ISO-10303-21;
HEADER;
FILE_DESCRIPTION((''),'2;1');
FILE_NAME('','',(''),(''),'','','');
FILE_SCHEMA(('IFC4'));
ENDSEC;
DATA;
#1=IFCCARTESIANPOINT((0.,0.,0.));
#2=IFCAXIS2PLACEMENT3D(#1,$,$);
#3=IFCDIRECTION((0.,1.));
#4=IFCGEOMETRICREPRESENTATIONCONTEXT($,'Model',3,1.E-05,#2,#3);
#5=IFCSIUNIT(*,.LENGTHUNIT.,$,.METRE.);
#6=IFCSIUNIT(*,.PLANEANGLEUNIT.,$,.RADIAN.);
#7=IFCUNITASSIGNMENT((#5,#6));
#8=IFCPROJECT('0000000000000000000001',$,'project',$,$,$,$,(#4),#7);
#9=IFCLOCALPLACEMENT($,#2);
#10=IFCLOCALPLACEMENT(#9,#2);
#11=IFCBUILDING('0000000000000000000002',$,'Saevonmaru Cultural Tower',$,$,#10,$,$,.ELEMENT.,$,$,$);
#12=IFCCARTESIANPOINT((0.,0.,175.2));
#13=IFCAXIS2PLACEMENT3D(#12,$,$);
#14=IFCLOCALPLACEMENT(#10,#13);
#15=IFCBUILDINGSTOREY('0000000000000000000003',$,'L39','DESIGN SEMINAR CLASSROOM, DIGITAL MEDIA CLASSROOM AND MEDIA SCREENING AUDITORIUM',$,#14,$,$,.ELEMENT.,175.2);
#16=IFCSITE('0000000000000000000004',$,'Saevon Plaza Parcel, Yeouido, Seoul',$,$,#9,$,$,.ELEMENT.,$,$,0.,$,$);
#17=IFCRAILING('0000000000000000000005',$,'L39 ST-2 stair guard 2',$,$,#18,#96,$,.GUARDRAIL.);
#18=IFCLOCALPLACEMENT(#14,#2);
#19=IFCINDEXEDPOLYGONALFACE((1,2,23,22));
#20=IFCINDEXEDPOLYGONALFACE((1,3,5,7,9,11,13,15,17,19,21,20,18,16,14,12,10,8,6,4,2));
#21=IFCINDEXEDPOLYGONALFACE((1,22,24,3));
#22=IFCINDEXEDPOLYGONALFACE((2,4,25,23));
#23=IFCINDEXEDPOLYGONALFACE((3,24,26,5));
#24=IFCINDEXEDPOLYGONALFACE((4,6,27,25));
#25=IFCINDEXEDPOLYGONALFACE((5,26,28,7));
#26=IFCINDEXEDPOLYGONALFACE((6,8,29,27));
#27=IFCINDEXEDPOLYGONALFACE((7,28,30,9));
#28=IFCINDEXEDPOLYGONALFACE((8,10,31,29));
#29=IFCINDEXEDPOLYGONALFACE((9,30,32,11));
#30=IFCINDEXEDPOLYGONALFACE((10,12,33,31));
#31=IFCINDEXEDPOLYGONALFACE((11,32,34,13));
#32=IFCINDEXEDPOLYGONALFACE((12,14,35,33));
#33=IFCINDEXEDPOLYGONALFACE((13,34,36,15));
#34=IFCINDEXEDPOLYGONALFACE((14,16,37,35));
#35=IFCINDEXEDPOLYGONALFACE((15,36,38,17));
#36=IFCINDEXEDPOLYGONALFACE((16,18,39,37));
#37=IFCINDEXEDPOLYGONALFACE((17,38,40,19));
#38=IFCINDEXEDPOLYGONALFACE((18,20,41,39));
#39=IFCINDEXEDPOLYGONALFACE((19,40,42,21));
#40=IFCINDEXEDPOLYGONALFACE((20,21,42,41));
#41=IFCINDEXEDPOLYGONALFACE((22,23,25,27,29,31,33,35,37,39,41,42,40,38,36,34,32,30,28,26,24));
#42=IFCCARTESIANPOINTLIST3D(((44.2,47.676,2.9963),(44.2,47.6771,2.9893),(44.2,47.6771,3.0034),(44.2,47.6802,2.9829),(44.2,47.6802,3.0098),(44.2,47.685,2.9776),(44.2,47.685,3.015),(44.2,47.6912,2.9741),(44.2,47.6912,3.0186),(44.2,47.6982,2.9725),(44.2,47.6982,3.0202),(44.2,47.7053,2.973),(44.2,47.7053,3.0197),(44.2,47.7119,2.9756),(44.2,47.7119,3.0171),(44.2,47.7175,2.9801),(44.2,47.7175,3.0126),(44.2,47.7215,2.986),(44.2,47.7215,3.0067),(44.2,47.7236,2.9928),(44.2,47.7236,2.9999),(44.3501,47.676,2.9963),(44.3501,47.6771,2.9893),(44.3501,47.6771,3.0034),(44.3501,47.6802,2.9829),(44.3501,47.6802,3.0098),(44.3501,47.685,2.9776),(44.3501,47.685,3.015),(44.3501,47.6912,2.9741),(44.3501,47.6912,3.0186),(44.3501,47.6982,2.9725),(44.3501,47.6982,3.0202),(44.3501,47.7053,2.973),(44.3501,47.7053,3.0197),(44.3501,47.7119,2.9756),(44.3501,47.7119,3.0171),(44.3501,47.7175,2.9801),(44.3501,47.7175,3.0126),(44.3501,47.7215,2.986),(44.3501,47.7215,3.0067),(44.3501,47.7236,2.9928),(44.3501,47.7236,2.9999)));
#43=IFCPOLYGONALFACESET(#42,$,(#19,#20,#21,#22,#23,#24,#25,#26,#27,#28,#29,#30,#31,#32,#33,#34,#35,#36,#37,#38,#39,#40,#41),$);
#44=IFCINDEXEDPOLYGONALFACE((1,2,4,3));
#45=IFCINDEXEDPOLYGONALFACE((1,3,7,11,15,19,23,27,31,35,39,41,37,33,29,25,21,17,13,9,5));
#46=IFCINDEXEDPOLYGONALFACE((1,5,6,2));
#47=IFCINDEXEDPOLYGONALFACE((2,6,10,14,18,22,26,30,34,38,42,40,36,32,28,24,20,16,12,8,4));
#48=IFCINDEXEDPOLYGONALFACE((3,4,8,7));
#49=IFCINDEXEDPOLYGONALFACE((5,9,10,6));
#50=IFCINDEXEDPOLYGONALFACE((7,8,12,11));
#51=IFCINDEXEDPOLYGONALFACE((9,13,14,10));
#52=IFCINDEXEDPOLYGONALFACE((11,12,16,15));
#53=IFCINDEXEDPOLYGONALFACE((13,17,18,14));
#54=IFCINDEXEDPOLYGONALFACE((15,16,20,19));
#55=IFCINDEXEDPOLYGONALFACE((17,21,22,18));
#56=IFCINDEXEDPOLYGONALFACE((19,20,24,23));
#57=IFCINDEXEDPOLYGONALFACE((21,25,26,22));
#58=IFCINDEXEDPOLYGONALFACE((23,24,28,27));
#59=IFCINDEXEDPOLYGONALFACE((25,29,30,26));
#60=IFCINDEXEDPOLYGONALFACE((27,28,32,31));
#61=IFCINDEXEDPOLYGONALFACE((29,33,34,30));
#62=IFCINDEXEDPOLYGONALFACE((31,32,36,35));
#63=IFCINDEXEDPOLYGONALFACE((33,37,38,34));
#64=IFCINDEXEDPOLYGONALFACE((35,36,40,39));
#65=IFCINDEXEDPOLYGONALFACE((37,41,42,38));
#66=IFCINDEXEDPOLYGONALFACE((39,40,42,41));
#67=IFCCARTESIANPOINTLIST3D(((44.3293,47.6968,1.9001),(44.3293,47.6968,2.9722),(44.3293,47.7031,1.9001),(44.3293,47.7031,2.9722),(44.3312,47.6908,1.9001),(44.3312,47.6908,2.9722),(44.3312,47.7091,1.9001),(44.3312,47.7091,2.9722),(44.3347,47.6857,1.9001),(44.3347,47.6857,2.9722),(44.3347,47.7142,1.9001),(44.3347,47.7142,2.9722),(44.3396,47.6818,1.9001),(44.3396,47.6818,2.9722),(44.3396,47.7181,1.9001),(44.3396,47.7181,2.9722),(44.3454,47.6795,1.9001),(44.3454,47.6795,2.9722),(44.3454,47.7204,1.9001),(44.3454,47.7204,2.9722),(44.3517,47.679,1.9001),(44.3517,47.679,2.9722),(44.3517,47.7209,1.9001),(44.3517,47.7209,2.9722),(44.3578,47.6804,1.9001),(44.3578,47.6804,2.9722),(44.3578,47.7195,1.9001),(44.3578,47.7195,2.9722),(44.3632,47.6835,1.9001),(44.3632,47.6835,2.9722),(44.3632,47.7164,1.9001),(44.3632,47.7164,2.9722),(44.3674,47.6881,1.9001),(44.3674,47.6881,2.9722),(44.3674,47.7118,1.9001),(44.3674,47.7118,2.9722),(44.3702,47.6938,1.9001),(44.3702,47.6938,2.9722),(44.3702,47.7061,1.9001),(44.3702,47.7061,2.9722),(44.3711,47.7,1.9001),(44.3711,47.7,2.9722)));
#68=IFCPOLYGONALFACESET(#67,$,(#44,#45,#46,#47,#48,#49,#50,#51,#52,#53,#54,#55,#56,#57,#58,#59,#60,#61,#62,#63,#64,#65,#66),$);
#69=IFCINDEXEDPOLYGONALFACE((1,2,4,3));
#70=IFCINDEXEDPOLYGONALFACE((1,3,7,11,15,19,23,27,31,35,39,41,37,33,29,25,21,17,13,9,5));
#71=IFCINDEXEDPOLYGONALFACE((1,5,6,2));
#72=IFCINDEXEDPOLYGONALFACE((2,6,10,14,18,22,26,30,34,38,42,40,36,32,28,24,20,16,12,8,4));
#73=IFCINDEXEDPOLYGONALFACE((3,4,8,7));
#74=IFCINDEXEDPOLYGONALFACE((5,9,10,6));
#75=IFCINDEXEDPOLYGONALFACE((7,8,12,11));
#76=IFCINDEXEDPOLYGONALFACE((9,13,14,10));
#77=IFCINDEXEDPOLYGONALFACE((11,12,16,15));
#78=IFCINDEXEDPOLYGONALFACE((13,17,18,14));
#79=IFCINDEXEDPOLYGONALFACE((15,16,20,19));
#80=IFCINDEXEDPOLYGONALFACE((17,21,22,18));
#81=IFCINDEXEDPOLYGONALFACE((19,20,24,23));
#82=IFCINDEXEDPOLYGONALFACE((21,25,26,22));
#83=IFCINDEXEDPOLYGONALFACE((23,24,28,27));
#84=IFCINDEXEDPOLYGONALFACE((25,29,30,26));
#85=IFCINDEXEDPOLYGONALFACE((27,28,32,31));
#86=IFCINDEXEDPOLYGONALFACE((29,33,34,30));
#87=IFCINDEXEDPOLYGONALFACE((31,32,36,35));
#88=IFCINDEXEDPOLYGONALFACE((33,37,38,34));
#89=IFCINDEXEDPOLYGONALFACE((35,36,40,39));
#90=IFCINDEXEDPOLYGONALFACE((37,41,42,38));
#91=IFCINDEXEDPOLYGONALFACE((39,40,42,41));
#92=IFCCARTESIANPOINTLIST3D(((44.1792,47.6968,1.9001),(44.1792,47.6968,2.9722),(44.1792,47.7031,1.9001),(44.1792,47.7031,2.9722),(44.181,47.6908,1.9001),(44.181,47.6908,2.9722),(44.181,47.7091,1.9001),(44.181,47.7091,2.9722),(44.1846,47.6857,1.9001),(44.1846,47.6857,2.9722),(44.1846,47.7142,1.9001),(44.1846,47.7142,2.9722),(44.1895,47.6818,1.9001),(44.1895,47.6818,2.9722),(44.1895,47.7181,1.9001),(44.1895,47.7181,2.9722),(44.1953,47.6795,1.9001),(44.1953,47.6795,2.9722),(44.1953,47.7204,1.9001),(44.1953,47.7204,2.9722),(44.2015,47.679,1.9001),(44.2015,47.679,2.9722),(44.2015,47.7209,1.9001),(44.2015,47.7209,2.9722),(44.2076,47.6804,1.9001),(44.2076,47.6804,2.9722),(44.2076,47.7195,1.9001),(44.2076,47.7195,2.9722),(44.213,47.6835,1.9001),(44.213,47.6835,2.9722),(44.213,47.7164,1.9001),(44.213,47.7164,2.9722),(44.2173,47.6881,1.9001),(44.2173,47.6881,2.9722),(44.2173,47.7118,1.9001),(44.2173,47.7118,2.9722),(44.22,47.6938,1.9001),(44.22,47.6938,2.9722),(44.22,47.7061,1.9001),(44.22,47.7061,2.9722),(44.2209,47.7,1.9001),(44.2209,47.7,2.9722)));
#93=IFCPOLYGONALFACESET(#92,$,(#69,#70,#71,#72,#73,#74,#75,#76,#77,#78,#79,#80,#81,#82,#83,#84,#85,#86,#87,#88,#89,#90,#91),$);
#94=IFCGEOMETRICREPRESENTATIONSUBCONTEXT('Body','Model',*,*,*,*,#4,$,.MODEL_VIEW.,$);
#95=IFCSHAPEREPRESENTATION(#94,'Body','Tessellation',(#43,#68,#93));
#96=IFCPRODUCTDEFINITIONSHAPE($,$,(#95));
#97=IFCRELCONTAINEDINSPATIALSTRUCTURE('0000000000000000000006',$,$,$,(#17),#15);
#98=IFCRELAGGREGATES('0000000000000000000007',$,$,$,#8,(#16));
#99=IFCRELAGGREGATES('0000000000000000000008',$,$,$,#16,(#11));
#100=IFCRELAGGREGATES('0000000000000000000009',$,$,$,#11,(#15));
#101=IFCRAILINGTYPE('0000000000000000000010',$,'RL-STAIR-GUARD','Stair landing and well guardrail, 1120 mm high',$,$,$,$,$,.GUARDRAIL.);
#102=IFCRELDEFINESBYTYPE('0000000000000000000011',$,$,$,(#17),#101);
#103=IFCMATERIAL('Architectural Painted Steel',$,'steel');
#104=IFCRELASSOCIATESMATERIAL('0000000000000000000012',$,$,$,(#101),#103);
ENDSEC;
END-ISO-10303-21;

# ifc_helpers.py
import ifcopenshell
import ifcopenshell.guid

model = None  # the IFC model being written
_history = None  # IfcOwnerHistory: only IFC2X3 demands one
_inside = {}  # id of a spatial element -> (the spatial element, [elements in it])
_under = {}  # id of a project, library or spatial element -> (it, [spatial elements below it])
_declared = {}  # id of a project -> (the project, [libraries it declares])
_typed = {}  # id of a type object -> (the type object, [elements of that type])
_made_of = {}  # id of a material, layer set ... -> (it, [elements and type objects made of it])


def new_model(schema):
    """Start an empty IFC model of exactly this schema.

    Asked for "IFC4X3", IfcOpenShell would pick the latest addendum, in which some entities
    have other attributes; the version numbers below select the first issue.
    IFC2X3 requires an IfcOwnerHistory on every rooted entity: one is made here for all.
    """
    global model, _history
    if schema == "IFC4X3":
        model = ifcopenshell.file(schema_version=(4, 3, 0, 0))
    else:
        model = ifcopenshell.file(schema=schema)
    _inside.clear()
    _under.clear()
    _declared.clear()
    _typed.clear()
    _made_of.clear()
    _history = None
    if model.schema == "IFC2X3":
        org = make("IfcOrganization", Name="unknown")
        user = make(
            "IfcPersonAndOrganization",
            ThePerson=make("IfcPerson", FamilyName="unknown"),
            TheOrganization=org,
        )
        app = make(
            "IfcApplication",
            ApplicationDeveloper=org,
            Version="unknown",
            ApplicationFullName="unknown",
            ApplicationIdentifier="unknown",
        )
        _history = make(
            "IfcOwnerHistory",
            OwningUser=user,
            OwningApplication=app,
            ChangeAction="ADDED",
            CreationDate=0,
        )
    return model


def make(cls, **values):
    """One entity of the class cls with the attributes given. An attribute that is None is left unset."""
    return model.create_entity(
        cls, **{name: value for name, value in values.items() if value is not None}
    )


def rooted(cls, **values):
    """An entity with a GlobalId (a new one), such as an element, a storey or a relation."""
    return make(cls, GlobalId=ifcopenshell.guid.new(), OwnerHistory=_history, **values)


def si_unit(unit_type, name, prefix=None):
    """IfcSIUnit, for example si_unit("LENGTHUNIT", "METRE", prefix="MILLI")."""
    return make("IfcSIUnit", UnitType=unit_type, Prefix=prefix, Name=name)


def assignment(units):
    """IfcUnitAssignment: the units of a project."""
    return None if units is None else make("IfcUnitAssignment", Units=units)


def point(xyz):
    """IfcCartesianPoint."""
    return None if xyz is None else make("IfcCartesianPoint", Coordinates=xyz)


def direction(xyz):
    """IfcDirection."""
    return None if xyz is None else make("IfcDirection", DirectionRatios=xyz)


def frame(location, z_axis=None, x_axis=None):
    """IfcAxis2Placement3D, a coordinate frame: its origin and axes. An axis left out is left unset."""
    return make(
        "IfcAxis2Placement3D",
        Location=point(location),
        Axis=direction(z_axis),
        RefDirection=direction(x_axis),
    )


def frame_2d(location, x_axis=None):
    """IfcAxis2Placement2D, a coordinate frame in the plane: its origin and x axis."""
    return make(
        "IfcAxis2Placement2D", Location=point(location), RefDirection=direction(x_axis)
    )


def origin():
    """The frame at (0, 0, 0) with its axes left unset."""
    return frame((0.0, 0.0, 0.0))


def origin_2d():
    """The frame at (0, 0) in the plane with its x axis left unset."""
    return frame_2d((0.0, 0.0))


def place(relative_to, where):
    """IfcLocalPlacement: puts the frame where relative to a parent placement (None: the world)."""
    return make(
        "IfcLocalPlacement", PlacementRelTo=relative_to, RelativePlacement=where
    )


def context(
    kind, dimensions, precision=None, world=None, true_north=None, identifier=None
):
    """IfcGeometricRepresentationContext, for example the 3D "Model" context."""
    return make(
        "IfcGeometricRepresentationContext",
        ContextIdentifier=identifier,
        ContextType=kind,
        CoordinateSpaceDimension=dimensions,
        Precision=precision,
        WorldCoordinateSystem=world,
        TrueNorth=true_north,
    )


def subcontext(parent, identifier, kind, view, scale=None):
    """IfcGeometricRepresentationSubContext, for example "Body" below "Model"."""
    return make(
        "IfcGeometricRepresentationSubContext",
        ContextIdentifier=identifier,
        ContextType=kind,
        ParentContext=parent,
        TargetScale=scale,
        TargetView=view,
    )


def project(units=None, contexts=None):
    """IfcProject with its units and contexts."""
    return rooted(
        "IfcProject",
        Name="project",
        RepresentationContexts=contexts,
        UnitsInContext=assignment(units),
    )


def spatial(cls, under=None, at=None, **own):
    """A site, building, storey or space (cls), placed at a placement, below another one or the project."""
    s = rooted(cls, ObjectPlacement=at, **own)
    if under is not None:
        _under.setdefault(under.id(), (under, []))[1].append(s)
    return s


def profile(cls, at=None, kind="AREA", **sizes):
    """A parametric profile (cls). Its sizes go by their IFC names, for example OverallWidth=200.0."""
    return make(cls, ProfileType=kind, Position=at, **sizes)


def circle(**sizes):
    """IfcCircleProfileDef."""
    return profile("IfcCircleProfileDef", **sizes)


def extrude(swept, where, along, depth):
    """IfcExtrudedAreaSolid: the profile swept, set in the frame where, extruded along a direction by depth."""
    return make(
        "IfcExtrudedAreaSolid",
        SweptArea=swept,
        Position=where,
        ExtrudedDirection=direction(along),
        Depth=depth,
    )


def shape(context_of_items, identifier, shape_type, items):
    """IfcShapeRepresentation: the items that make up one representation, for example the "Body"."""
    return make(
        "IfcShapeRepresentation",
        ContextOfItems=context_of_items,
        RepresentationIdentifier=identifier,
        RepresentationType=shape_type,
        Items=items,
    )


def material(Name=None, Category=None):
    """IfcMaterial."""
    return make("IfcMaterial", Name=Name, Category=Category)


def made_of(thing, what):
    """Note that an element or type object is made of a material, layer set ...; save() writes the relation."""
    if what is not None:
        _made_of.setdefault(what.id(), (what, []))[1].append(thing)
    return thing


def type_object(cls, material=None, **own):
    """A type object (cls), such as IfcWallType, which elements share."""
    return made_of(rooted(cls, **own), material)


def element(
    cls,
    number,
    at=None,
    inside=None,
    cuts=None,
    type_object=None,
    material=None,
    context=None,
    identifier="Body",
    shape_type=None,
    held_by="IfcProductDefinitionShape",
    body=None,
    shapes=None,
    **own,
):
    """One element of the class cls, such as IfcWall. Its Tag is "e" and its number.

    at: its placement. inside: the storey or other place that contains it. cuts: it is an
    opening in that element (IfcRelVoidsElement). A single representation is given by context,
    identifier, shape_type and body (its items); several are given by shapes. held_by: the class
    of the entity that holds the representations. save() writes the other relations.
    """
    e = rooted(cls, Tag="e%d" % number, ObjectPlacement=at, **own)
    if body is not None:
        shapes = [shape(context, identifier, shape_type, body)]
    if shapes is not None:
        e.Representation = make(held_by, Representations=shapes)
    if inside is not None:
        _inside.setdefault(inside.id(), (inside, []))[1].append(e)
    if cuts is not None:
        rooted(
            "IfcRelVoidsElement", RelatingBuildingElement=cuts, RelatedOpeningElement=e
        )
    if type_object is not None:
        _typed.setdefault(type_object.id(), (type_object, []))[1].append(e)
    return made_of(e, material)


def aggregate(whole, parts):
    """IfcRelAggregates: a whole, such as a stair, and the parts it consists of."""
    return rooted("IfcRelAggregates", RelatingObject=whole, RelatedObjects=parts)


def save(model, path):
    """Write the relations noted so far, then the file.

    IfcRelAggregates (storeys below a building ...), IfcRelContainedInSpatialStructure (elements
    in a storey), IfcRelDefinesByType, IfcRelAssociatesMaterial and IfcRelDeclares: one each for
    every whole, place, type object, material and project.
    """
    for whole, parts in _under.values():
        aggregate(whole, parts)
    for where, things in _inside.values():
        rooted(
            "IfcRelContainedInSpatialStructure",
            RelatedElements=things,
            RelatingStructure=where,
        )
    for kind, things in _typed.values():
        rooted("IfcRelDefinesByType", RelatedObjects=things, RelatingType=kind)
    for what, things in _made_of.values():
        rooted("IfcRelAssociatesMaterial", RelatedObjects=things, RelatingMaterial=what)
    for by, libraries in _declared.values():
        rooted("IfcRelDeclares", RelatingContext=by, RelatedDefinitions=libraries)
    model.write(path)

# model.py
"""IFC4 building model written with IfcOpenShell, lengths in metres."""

from ifc_helpers import new_model, si_unit, direction, frame, origin, origin_2d, place, context, subcontext, project, spatial, circle, extrude, material, type_object, element, save


model = new_model("IFC4")

# Units and contexts
model_context = context("Model", 3, precision=1e-05, world=origin(), true_north=direction((0.0, 1.0)))
body_context = subcontext(model_context, "Body", "Model", "MODEL_VIEW")
ifc_project = project(units=[si_unit("LENGTHUNIT", "METRE"), si_unit("PLANEANGLEUNIT", "RADIAN")], contexts=[model_context])

# Site, building, storey
site_placement = place(None, origin())
site = spatial("IfcSite", under=ifc_project, at=site_placement, Name="Saevon Plaza Parcel, Yeouido, Seoul", CompositionType="ELEMENT", RefElevation=0.0)
building_placement = place(site_placement, origin())
building = spatial("IfcBuilding", under=site, at=building_placement, Name="Saevonmaru Cultural Tower", CompositionType="ELEMENT")
storey_placement = place(building_placement, frame((0.0, 0.0, 175.2)))
storey = spatial("IfcBuildingStorey", under=building, at=storey_placement, Name="L39", Description="DESIGN SEMINAR CLASSROOM, DIGITAL MEDIA CLASSROOM AND MEDIA SCREENING AUDITORIUM", CompositionType="ELEMENT", Elevation=175.2)

# Railing
ifc_material_1 = material(Name="Architectural Painted Steel", Category="steel")
railing_type_1 = type_object("IfcRailingType", Name="RL-STAIR-GUARD", Description="Stair landing and well guardrail, 1120 mm high", PredefinedType="GUARDRAIL", material=ifc_material_1)
railing_1_placement = place(storey_placement, frame((44.3501, 47.7, 1.9001)))
element("IfcRailing", 1, at=railing_1_placement, inside=storey, type_object=railing_type_1, Name="L39 ST-2 stair guard 2", PredefinedType="GUARDRAIL", context=body_context, shape_type="SweptSolid", body=[
    extrude(circle(Radius=0.0239, at=origin_2d()), frame((0.0, 0.0, 1.0962), z_axis=(-1.0, 0.0, 0.0), x_axis=(0.0, -1.0, 0.0)), (0.0, 0.0, 1.0), 0.1501),
    extrude(circle(Radius=0.021, at=origin_2d()), origin(), (0.0, 0.0, 1.0), 1.072),
    extrude(circle(Radius=0.021, at=origin_2d()), frame((-0.1501, 0.0, 0.0)), (0.0, 0.0, 1.0), 1.072),
])

save(model, "model.ifc")
